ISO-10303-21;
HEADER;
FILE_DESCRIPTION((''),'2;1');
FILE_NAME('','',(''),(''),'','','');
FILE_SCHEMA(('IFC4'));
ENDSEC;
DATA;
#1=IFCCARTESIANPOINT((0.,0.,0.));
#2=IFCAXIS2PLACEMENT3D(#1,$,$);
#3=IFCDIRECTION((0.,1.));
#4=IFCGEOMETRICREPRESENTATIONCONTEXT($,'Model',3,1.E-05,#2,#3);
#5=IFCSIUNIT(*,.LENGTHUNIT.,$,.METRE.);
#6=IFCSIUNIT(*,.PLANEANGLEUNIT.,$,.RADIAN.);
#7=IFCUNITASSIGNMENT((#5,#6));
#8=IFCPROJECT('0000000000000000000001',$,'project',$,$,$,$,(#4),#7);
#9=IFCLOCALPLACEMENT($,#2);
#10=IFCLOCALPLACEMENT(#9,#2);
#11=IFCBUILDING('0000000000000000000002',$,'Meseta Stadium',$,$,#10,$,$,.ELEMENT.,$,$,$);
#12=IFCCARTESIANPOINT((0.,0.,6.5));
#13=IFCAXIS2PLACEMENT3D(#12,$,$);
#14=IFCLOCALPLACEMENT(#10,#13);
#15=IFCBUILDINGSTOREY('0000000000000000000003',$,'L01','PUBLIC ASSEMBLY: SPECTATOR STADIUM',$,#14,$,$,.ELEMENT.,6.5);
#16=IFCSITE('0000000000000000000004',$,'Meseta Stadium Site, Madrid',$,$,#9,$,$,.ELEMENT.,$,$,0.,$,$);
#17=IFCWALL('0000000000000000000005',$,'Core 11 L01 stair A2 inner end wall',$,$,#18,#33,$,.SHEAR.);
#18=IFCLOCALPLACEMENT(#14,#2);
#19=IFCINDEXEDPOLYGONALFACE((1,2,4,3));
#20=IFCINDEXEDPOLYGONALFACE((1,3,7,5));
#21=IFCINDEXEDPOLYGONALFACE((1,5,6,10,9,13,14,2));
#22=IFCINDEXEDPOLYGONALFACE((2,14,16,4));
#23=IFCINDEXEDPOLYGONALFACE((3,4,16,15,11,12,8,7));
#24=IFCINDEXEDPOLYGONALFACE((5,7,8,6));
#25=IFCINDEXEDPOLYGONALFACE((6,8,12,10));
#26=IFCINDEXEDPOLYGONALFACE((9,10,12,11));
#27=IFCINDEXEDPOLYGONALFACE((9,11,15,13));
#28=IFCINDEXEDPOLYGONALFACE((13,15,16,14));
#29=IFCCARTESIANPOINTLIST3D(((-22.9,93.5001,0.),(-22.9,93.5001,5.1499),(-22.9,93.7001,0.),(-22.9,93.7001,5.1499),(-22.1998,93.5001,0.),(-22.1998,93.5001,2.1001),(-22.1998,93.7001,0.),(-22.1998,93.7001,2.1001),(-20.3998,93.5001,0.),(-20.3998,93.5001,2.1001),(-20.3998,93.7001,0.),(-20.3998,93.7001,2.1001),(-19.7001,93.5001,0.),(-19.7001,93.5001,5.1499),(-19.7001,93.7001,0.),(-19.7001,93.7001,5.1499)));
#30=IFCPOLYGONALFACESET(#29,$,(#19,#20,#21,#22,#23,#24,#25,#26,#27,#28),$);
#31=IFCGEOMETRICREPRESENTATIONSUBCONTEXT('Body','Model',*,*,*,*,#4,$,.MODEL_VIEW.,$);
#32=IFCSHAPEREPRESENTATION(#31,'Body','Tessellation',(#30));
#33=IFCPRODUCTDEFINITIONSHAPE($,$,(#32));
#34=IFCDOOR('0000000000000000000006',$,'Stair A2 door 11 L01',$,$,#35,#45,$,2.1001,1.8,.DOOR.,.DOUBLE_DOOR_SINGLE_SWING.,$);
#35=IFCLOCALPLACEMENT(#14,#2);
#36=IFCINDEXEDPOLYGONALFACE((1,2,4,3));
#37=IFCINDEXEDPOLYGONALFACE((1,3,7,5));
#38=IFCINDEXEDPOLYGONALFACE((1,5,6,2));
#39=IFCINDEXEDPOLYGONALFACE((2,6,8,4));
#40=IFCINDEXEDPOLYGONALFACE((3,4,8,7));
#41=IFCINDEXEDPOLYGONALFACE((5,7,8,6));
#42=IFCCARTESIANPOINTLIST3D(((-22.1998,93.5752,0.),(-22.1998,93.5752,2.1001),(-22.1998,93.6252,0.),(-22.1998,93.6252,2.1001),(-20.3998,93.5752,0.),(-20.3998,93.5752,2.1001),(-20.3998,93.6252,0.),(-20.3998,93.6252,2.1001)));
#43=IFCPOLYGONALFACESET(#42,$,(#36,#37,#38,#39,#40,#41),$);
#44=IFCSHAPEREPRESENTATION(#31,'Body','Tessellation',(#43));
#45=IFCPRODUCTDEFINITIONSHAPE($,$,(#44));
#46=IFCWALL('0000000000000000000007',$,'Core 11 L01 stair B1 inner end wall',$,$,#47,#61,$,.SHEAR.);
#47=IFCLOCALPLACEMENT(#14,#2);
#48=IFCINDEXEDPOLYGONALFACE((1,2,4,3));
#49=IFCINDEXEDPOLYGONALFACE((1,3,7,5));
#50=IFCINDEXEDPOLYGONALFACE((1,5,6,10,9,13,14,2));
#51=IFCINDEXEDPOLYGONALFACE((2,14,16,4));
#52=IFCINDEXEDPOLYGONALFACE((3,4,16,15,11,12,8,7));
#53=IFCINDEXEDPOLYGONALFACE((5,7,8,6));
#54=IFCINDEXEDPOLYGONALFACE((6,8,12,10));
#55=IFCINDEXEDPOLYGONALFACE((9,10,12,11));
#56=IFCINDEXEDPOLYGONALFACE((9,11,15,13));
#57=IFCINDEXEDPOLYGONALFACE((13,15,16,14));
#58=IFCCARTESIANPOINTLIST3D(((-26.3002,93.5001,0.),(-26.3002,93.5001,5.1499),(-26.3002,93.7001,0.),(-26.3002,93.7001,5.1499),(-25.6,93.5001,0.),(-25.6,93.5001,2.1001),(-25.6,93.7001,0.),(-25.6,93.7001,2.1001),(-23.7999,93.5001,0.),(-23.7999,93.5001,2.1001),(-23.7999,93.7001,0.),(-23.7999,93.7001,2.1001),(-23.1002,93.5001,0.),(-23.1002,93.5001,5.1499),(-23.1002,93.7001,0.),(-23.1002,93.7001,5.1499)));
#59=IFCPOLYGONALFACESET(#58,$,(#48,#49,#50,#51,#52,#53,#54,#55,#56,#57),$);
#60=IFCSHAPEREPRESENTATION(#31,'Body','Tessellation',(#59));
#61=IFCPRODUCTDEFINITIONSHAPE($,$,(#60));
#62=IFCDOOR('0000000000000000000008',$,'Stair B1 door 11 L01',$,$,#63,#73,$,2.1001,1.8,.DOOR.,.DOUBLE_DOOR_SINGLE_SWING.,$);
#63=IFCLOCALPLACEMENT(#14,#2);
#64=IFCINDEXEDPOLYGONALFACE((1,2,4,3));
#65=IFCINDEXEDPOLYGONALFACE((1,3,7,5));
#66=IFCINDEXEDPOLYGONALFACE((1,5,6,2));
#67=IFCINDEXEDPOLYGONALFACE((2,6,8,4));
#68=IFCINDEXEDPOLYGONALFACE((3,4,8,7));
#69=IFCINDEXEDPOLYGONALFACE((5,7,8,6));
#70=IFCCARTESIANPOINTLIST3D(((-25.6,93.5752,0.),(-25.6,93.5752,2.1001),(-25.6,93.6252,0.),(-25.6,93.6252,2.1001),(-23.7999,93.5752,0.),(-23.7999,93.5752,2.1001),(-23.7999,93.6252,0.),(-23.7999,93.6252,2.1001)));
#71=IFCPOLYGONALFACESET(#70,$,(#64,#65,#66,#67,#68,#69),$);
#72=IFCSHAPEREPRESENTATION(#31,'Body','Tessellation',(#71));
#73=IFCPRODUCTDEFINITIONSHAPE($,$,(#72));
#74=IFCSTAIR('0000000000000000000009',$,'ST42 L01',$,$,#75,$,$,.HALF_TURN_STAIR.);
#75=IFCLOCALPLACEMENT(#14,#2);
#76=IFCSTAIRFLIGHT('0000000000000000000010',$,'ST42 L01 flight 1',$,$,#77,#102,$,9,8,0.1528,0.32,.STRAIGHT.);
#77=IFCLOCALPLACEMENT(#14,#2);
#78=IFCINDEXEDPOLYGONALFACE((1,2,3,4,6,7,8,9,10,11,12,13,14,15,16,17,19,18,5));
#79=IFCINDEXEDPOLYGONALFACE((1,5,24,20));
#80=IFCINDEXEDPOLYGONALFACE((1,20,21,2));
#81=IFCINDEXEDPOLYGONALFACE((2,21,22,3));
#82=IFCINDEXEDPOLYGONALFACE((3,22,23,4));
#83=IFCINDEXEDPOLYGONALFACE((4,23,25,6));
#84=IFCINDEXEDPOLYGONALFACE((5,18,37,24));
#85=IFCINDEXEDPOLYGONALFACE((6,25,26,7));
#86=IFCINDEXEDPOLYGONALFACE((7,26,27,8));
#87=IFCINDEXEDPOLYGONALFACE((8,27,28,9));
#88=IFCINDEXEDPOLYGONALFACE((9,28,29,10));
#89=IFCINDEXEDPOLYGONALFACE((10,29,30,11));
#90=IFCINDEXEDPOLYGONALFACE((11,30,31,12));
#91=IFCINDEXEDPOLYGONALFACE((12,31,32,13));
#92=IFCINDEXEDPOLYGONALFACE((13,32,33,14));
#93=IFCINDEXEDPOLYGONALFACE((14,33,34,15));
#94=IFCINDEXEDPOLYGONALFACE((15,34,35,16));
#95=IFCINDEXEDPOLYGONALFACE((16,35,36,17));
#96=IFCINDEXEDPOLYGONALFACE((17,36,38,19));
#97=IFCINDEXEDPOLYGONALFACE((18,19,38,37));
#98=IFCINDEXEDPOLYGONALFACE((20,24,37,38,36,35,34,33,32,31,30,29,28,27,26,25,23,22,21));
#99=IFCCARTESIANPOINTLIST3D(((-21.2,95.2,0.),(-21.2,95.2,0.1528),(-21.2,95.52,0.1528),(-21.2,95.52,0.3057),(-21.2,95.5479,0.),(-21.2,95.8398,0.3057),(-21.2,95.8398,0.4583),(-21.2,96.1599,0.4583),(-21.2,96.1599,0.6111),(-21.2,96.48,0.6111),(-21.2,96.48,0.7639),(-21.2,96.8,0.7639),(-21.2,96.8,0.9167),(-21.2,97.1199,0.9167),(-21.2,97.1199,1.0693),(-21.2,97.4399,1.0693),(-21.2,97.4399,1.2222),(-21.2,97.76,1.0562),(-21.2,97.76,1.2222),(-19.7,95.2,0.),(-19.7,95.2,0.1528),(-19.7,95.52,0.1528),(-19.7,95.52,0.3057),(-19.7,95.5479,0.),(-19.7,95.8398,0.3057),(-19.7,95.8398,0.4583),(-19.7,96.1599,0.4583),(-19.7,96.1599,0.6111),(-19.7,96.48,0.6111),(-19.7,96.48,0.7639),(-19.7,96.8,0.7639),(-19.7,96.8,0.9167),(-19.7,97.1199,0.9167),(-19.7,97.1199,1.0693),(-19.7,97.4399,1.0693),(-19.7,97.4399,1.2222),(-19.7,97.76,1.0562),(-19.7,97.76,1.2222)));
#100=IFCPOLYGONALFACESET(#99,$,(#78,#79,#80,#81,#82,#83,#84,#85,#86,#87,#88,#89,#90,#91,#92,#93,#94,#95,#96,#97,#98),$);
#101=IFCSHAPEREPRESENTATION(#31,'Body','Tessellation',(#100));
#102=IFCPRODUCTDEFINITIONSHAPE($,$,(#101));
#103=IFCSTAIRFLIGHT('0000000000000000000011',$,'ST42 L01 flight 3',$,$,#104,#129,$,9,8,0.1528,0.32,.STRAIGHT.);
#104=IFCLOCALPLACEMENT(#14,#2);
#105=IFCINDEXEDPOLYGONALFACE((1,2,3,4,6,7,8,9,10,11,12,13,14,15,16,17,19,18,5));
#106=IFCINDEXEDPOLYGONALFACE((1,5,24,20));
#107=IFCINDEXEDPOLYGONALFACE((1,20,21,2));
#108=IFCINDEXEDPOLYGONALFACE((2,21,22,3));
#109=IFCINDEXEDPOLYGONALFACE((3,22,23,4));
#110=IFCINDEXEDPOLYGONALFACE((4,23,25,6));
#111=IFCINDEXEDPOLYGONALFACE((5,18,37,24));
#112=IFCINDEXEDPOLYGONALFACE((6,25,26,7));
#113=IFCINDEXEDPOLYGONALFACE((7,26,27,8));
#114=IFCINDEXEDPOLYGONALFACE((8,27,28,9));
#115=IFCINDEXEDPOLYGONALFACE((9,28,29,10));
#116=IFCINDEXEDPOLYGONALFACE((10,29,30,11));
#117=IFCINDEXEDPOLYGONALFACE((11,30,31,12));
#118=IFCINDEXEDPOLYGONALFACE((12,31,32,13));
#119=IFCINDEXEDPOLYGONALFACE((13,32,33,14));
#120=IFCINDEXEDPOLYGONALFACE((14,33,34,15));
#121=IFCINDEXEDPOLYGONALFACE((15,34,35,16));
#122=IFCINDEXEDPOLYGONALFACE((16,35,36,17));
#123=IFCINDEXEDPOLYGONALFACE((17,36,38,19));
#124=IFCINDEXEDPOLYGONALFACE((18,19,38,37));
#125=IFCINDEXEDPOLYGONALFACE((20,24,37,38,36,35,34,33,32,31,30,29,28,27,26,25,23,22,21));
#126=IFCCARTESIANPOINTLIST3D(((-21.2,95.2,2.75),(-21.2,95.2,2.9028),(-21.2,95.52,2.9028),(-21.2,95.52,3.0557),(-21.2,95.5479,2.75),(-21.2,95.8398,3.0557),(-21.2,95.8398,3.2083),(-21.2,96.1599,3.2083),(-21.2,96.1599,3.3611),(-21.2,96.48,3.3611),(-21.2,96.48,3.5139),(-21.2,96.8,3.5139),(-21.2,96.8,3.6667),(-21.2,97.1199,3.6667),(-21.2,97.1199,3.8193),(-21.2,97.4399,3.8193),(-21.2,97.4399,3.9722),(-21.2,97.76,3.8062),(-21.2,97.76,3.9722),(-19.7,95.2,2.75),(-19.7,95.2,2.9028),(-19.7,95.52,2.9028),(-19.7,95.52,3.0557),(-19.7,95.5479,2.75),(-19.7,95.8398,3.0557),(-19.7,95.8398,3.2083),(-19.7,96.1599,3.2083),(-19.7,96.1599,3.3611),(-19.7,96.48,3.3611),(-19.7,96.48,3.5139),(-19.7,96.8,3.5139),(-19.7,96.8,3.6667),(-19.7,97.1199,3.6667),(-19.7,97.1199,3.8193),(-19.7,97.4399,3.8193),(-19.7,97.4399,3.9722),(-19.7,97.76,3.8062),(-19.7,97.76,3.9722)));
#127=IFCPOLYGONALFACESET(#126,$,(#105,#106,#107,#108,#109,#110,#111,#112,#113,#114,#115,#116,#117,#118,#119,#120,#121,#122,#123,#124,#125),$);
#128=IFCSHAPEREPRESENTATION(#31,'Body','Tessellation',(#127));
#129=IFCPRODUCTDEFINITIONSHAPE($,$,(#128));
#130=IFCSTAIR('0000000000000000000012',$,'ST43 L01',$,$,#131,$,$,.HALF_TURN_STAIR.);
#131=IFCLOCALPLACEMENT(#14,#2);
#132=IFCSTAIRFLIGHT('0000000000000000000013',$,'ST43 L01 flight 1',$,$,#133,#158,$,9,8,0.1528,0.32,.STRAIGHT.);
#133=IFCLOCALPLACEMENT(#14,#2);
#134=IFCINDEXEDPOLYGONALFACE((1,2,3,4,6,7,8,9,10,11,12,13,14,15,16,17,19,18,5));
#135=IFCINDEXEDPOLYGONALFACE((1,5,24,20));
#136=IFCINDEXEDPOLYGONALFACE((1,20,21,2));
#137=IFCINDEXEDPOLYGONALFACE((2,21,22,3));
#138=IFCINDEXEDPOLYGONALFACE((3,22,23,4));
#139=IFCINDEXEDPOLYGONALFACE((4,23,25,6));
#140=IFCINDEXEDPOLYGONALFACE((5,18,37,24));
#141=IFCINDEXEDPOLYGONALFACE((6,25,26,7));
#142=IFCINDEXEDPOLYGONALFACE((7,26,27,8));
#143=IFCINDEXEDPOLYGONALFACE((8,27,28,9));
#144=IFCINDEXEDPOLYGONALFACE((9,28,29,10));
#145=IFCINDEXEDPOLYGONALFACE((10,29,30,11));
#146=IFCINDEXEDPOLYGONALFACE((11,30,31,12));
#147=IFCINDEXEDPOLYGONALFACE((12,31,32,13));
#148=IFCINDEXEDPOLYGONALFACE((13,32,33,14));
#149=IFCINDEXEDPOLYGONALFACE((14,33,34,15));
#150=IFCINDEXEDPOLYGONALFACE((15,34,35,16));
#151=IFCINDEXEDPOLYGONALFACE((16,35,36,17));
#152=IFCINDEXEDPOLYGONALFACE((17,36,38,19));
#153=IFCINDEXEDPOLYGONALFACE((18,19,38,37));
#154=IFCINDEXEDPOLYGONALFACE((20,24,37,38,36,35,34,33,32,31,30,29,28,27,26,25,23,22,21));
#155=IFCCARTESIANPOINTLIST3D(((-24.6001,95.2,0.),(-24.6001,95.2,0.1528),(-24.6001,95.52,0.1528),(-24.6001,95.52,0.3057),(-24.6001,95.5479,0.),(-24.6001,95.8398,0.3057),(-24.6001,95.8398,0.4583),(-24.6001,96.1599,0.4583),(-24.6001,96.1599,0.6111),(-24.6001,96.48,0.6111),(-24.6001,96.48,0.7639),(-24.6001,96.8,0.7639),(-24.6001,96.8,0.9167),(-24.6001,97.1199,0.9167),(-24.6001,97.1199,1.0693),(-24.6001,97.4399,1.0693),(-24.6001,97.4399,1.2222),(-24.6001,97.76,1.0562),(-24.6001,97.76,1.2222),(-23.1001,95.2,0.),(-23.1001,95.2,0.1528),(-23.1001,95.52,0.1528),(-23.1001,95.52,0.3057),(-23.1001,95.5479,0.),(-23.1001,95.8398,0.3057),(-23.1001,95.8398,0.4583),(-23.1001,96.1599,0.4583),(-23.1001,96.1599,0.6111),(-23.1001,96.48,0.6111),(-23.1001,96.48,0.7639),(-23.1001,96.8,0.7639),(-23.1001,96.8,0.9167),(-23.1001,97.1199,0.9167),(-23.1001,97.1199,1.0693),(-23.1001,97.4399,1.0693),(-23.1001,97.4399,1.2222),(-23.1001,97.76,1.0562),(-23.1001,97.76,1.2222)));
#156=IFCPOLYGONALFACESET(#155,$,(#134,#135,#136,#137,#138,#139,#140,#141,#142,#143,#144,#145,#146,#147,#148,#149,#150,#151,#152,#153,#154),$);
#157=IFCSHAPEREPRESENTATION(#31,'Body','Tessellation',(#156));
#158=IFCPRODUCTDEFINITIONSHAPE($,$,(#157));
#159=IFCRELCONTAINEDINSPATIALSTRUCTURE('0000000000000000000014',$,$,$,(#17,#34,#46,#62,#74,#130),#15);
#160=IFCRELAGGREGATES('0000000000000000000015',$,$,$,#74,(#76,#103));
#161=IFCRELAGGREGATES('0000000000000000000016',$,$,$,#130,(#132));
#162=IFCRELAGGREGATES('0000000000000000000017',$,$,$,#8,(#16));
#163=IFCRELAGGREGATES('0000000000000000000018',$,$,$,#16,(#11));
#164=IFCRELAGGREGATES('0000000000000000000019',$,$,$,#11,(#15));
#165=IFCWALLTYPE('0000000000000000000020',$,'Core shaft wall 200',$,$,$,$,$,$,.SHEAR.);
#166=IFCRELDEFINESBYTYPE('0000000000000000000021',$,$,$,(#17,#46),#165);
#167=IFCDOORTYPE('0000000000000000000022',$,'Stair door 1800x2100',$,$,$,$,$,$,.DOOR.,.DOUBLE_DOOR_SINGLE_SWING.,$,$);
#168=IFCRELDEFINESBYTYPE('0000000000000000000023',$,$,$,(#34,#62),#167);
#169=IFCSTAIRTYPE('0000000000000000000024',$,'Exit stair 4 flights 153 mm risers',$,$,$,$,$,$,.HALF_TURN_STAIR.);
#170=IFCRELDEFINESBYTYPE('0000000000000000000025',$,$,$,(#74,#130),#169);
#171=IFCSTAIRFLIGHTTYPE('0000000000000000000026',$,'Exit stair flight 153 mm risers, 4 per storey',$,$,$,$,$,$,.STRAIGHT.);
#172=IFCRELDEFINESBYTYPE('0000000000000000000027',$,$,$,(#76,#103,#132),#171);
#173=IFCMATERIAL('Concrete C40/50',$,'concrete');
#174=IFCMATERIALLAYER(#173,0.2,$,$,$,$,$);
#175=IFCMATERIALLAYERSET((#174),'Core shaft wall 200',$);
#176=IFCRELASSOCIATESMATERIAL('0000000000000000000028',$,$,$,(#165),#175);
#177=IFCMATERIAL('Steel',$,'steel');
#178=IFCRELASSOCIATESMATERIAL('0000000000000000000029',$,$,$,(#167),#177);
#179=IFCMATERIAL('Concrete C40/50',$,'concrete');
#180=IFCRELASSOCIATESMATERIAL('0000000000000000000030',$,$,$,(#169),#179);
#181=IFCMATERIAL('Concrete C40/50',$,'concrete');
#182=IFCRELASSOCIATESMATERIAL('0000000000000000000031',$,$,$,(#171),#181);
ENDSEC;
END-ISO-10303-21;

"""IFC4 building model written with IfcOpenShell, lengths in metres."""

from ifc_helpers import new_model, si_unit, direction, frame, frame_2d, origin, place, context, subcontext, project, spatial, polyline, rectangle, outline, extrude, material, layer, layer_set, type_object, element, fill, aggregate, save


model = new_model("IFC4")

# Units and contexts
model_context = context("Model", 3, precision=1e-05, world=origin(), true_north=direction((0.0, 1.0)))
body_context = subcontext(model_context, "Body", "Model", "MODEL_VIEW")
ifc_project = project(units=[si_unit("LENGTHUNIT", "METRE"), si_unit("PLANEANGLEUNIT", "RADIAN")], contexts=[model_context])

# Site, building, storey
site_placement = place(None, origin())
site = spatial("IfcSite", under=ifc_project, at=site_placement, Name="Meseta Stadium Site, Madrid", CompositionType="ELEMENT", RefElevation=0.0)
building_placement = place(site_placement, origin())
building = spatial("IfcBuilding", under=site, at=building_placement, Name="Meseta Stadium", CompositionType="ELEMENT")
storey_placement = place(building_placement, frame((0.0, 0.0, 6.5)))
storey = spatial("IfcBuildingStorey", under=building, at=storey_placement, Name="L01", Description="PUBLIC ASSEMBLY: SPECTATOR STADIUM", CompositionType="ELEMENT", Elevation=6.5)

# Walls, openings, doors
ifc_material_1 = material(Name="Concrete C40/50", Category="concrete")
ifc_layer = layer(ifc_material_1, 0.2)
ifc_layer_set = layer_set([ifc_layer], Name="Core shaft wall 200")
wall_type = type_object("IfcWallType", Name="Core shaft wall 200", PredefinedType="SHEAR", material=ifc_layer_set)
wall_1_placement = place(storey_placement, frame((-19.7, 93.6001, 0.0), z_axis=(0.0, 0.0, 1.0), x_axis=(-1.0, 0.0, 0.0)))
wall_1 = element("IfcWall", 1, at=wall_1_placement, inside=storey, type_object=wall_type, Name="Core 11 L01 stair A2 inner end wall", PredefinedType="SHEAR", context=body_context, shape_type="SweptSolid", body=[
    extrude(rectangle(XDim=3.2, YDim=0.2, at=frame_2d((1.6001, 0.0))), origin(), (0.0, 0.0, 1.0), 5.1499),
])
opening_1_placement = place(wall_1_placement, frame((0.7, 0.0, 0.0)))
opening_1 = element("IfcOpeningElement", 2, at=opening_1_placement, cuts=wall_1, PredefinedType="OPENING", context=body_context, shape_type="SweptSolid", body=[
    extrude(rectangle(XDim=1.8, YDim=2.1001, at=frame_2d((0.8999, 1.05))), frame((0.0, 0.1099, 0.0), z_axis=(0.0, -1.0, 0.0), x_axis=(1.0, 0.0, 0.0)), (0.0, 0.0, 1.0), 0.22),
])
ifc_material_2 = material(Name="Steel", Category="steel")
door_type = type_object("IfcDoorType", Name="Stair door 1800x2100", OperationType="DOUBLE_DOOR_SINGLE_SWING", PredefinedType="DOOR", material=ifc_material_2)
door_1_placement = place(opening_1_placement, origin())
door_1 = element("IfcDoor", 3, at=door_1_placement, inside=storey, type_object=door_type, Name="Stair A2 door 11 L01", OperationType="DOUBLE_DOOR_SINGLE_SWING", OverallHeight=2.1001, OverallWidth=1.8, PredefinedType="DOOR", context=body_context, shape_type="SweptSolid", body=[
    extrude(rectangle(XDim=1.8, YDim=2.1001, at=frame_2d((0.8999, 1.05))), frame((0.0, 0.0249, 0.0), z_axis=(0.0, -1.0, 0.0), x_axis=(1.0, 0.0, 0.0)), (0.0, 0.0, 1.0), 0.05),
])
fill(opening_1, door_1)
wall_2_placement = place(storey_placement, frame((-23.1001, 93.6001, 0.0), z_axis=(0.0, 0.0, 1.0), x_axis=(-1.0, 0.0, 0.0)))
wall_2 = element("IfcWall", 4, at=wall_2_placement, inside=storey, type_object=wall_type, Name="Core 11 L01 stair B1 inner end wall", PredefinedType="SHEAR", context=body_context, shape_type="SweptSolid", body=[
    extrude(rectangle(XDim=3.2, YDim=0.2, at=frame_2d((1.6001, 0.0))), origin(), (0.0, 0.0, 1.0), 5.1499),
])
opening_2_placement = place(wall_2_placement, frame((0.7, 0.0, 0.0)))
opening_2 = element("IfcOpeningElement", 5, at=opening_2_placement, cuts=wall_2, PredefinedType="OPENING", context=body_context, shape_type="SweptSolid", body=[
    extrude(rectangle(XDim=1.8, YDim=2.1001, at=frame_2d((0.8999, 1.05))), frame((0.0, 0.1099, 0.0), z_axis=(0.0, -1.0, 0.0), x_axis=(1.0, 0.0, 0.0)), (0.0, 0.0, 1.0), 0.22),
])
door_2_placement = place(opening_2_placement, origin())
door_2 = element("IfcDoor", 6, at=door_2_placement, inside=storey, type_object=door_type, Name="Stair B1 door 11 L01", OperationType="DOUBLE_DOOR_SINGLE_SWING", OverallHeight=2.1001, OverallWidth=1.8, PredefinedType="DOOR", context=body_context, shape_type="SweptSolid", body=[
    extrude(rectangle(XDim=1.8, YDim=2.1001, at=frame_2d((0.8999, 1.05))), frame((0.0, 0.0249, 0.0), z_axis=(0.0, -1.0, 0.0), x_axis=(1.0, 0.0, 0.0)), (0.0, 0.0, 1.0), 0.05),
])
fill(opening_2, door_2)

# Stairs, stair flights
ifc_material_3 = material(Name="Concrete C40/50", Category="concrete")
stair_type = type_object("IfcStairType", Name="Exit stair 4 flights 153 mm risers", PredefinedType="HALF_TURN_STAIR", material=ifc_material_3)
stair_1_placement = place(storey_placement, origin())
stair_1 = element("IfcStair", 7, at=stair_1_placement, inside=storey, type_object=stair_type, Name="ST42 L01", PredefinedType="HALF_TURN_STAIR")
ifc_material_4 = material(Name="Concrete C40/50", Category="concrete")
stair_flight_type = type_object("IfcStairFlightType", Name="Exit stair flight 153 mm risers, 4 per storey", PredefinedType="STRAIGHT", material=ifc_material_4)
stair_flight_1_placement = place(storey_placement, frame((-20.45, 95.2, 0.0), z_axis=(0.0, 0.0, 1.0), x_axis=(0.0, 1.0, 0.0)))
stair_flight_1 = element("IfcStairFlight", 8, at=stair_flight_1_placement, type_object=stair_flight_type, Name="ST42 L01 flight 1", NumberOfRisers=9, NumberOfTreads=8, PredefinedType="STRAIGHT", RiserHeight=0.1528, TreadLength=0.32, context=body_context, shape_type="SweptSolid", body=[
    extrude(outline(polyline([(0.0, 0.0), (0.0, 0.1528), (0.3201, 0.1528), (0.3201, 0.3057), (0.6399, 0.3057), (0.6399, 0.4583), (0.96, 0.4583), (0.96, 0.6111), (1.28, 0.6111), (1.28, 0.7639), (1.6001, 0.7639), (1.6001, 0.9167), (1.9199, 0.9167), (1.9199, 1.0693), (2.24, 1.0693), (2.24, 1.2222), (2.5601, 1.2222), (2.5601, 1.0562), (0.3479, 0.0), (0.0, 0.0)])), frame((0.0, 0.75, 0.0), z_axis=(0.0, -1.0, 0.0), x_axis=(1.0, 0.0, 0.0)), (0.0, 0.0, 1.0), 1.5),
])
stair_flight_2_placement = place(storey_placement, frame((-20.45, 95.2, 2.75), z_axis=(0.0, 0.0, 1.0), x_axis=(0.0, 1.0, 0.0)))
stair_flight_2 = element("IfcStairFlight", 9, at=stair_flight_2_placement, type_object=stair_flight_type, Name="ST42 L01 flight 3", NumberOfRisers=9, NumberOfTreads=8, PredefinedType="STRAIGHT", RiserHeight=0.1528, TreadLength=0.32, context=body_context, shape_type="SweptSolid", body=[
    extrude(outline(polyline([(0.0, 0.0), (0.0, 0.1528), (0.3201, 0.1528), (0.3201, 0.3057), (0.6399, 0.3057), (0.6399, 0.4583), (0.96, 0.4583), (0.96, 0.6111), (1.28, 0.6111), (1.28, 0.7639), (1.6001, 0.7639), (1.6001, 0.9167), (1.9199, 0.9167), (1.9199, 1.0693), (2.24, 1.0693), (2.24, 1.2222), (2.5601, 1.2222), (2.5601, 1.0562), (0.3479, 0.0), (0.0, 0.0)])), frame((0.0, 0.75, 0.0), z_axis=(0.0, -1.0, 0.0), x_axis=(1.0, 0.0, 0.0)), (0.0, 0.0, 1.0), 1.5),
])
aggregate(stair_1, [stair_flight_1, stair_flight_2])
stair_2_placement = place(storey_placement, origin())
stair_2 = element("IfcStair", 10, at=stair_2_placement, inside=storey, type_object=stair_type, Name="ST43 L01", PredefinedType="HALF_TURN_STAIR")
stair_flight_3_placement = place(storey_placement, frame((-23.8501, 95.2, 0.0), z_axis=(0.0, 0.0, 1.0), x_axis=(0.0, 1.0, 0.0)))
stair_flight_3 = element("IfcStairFlight", 11, at=stair_flight_3_placement, type_object=stair_flight_type, Name="ST43 L01 flight 1", NumberOfRisers=9, NumberOfTreads=8, PredefinedType="STRAIGHT", RiserHeight=0.1528, TreadLength=0.32, context=body_context, shape_type="SweptSolid", body=[
    extrude(outline(polyline([(0.0, 0.0), (0.0, 0.1528), (0.3201, 0.1528), (0.3201, 0.3057), (0.6399, 0.3057), (0.6399, 0.4583), (0.96, 0.4583), (0.96, 0.6111), (1.28, 0.6111), (1.28, 0.7639), (1.6001, 0.7639), (1.6001, 0.9167), (1.9199, 0.9167), (1.9199, 1.0693), (2.24, 1.0693), (2.24, 1.2222), (2.5601, 1.2222), (2.5601, 1.0562), (0.3479, 0.0), (0.0, 0.0)])), frame((0.0, 0.75, 0.0), z_axis=(0.0, -1.0, 0.0), x_axis=(1.0, 0.0, 0.0)), (0.0, 0.0, 1.0), 1.5),
])
aggregate(stair_2, [stair_flight_3])

save(model, "model.ifc")
